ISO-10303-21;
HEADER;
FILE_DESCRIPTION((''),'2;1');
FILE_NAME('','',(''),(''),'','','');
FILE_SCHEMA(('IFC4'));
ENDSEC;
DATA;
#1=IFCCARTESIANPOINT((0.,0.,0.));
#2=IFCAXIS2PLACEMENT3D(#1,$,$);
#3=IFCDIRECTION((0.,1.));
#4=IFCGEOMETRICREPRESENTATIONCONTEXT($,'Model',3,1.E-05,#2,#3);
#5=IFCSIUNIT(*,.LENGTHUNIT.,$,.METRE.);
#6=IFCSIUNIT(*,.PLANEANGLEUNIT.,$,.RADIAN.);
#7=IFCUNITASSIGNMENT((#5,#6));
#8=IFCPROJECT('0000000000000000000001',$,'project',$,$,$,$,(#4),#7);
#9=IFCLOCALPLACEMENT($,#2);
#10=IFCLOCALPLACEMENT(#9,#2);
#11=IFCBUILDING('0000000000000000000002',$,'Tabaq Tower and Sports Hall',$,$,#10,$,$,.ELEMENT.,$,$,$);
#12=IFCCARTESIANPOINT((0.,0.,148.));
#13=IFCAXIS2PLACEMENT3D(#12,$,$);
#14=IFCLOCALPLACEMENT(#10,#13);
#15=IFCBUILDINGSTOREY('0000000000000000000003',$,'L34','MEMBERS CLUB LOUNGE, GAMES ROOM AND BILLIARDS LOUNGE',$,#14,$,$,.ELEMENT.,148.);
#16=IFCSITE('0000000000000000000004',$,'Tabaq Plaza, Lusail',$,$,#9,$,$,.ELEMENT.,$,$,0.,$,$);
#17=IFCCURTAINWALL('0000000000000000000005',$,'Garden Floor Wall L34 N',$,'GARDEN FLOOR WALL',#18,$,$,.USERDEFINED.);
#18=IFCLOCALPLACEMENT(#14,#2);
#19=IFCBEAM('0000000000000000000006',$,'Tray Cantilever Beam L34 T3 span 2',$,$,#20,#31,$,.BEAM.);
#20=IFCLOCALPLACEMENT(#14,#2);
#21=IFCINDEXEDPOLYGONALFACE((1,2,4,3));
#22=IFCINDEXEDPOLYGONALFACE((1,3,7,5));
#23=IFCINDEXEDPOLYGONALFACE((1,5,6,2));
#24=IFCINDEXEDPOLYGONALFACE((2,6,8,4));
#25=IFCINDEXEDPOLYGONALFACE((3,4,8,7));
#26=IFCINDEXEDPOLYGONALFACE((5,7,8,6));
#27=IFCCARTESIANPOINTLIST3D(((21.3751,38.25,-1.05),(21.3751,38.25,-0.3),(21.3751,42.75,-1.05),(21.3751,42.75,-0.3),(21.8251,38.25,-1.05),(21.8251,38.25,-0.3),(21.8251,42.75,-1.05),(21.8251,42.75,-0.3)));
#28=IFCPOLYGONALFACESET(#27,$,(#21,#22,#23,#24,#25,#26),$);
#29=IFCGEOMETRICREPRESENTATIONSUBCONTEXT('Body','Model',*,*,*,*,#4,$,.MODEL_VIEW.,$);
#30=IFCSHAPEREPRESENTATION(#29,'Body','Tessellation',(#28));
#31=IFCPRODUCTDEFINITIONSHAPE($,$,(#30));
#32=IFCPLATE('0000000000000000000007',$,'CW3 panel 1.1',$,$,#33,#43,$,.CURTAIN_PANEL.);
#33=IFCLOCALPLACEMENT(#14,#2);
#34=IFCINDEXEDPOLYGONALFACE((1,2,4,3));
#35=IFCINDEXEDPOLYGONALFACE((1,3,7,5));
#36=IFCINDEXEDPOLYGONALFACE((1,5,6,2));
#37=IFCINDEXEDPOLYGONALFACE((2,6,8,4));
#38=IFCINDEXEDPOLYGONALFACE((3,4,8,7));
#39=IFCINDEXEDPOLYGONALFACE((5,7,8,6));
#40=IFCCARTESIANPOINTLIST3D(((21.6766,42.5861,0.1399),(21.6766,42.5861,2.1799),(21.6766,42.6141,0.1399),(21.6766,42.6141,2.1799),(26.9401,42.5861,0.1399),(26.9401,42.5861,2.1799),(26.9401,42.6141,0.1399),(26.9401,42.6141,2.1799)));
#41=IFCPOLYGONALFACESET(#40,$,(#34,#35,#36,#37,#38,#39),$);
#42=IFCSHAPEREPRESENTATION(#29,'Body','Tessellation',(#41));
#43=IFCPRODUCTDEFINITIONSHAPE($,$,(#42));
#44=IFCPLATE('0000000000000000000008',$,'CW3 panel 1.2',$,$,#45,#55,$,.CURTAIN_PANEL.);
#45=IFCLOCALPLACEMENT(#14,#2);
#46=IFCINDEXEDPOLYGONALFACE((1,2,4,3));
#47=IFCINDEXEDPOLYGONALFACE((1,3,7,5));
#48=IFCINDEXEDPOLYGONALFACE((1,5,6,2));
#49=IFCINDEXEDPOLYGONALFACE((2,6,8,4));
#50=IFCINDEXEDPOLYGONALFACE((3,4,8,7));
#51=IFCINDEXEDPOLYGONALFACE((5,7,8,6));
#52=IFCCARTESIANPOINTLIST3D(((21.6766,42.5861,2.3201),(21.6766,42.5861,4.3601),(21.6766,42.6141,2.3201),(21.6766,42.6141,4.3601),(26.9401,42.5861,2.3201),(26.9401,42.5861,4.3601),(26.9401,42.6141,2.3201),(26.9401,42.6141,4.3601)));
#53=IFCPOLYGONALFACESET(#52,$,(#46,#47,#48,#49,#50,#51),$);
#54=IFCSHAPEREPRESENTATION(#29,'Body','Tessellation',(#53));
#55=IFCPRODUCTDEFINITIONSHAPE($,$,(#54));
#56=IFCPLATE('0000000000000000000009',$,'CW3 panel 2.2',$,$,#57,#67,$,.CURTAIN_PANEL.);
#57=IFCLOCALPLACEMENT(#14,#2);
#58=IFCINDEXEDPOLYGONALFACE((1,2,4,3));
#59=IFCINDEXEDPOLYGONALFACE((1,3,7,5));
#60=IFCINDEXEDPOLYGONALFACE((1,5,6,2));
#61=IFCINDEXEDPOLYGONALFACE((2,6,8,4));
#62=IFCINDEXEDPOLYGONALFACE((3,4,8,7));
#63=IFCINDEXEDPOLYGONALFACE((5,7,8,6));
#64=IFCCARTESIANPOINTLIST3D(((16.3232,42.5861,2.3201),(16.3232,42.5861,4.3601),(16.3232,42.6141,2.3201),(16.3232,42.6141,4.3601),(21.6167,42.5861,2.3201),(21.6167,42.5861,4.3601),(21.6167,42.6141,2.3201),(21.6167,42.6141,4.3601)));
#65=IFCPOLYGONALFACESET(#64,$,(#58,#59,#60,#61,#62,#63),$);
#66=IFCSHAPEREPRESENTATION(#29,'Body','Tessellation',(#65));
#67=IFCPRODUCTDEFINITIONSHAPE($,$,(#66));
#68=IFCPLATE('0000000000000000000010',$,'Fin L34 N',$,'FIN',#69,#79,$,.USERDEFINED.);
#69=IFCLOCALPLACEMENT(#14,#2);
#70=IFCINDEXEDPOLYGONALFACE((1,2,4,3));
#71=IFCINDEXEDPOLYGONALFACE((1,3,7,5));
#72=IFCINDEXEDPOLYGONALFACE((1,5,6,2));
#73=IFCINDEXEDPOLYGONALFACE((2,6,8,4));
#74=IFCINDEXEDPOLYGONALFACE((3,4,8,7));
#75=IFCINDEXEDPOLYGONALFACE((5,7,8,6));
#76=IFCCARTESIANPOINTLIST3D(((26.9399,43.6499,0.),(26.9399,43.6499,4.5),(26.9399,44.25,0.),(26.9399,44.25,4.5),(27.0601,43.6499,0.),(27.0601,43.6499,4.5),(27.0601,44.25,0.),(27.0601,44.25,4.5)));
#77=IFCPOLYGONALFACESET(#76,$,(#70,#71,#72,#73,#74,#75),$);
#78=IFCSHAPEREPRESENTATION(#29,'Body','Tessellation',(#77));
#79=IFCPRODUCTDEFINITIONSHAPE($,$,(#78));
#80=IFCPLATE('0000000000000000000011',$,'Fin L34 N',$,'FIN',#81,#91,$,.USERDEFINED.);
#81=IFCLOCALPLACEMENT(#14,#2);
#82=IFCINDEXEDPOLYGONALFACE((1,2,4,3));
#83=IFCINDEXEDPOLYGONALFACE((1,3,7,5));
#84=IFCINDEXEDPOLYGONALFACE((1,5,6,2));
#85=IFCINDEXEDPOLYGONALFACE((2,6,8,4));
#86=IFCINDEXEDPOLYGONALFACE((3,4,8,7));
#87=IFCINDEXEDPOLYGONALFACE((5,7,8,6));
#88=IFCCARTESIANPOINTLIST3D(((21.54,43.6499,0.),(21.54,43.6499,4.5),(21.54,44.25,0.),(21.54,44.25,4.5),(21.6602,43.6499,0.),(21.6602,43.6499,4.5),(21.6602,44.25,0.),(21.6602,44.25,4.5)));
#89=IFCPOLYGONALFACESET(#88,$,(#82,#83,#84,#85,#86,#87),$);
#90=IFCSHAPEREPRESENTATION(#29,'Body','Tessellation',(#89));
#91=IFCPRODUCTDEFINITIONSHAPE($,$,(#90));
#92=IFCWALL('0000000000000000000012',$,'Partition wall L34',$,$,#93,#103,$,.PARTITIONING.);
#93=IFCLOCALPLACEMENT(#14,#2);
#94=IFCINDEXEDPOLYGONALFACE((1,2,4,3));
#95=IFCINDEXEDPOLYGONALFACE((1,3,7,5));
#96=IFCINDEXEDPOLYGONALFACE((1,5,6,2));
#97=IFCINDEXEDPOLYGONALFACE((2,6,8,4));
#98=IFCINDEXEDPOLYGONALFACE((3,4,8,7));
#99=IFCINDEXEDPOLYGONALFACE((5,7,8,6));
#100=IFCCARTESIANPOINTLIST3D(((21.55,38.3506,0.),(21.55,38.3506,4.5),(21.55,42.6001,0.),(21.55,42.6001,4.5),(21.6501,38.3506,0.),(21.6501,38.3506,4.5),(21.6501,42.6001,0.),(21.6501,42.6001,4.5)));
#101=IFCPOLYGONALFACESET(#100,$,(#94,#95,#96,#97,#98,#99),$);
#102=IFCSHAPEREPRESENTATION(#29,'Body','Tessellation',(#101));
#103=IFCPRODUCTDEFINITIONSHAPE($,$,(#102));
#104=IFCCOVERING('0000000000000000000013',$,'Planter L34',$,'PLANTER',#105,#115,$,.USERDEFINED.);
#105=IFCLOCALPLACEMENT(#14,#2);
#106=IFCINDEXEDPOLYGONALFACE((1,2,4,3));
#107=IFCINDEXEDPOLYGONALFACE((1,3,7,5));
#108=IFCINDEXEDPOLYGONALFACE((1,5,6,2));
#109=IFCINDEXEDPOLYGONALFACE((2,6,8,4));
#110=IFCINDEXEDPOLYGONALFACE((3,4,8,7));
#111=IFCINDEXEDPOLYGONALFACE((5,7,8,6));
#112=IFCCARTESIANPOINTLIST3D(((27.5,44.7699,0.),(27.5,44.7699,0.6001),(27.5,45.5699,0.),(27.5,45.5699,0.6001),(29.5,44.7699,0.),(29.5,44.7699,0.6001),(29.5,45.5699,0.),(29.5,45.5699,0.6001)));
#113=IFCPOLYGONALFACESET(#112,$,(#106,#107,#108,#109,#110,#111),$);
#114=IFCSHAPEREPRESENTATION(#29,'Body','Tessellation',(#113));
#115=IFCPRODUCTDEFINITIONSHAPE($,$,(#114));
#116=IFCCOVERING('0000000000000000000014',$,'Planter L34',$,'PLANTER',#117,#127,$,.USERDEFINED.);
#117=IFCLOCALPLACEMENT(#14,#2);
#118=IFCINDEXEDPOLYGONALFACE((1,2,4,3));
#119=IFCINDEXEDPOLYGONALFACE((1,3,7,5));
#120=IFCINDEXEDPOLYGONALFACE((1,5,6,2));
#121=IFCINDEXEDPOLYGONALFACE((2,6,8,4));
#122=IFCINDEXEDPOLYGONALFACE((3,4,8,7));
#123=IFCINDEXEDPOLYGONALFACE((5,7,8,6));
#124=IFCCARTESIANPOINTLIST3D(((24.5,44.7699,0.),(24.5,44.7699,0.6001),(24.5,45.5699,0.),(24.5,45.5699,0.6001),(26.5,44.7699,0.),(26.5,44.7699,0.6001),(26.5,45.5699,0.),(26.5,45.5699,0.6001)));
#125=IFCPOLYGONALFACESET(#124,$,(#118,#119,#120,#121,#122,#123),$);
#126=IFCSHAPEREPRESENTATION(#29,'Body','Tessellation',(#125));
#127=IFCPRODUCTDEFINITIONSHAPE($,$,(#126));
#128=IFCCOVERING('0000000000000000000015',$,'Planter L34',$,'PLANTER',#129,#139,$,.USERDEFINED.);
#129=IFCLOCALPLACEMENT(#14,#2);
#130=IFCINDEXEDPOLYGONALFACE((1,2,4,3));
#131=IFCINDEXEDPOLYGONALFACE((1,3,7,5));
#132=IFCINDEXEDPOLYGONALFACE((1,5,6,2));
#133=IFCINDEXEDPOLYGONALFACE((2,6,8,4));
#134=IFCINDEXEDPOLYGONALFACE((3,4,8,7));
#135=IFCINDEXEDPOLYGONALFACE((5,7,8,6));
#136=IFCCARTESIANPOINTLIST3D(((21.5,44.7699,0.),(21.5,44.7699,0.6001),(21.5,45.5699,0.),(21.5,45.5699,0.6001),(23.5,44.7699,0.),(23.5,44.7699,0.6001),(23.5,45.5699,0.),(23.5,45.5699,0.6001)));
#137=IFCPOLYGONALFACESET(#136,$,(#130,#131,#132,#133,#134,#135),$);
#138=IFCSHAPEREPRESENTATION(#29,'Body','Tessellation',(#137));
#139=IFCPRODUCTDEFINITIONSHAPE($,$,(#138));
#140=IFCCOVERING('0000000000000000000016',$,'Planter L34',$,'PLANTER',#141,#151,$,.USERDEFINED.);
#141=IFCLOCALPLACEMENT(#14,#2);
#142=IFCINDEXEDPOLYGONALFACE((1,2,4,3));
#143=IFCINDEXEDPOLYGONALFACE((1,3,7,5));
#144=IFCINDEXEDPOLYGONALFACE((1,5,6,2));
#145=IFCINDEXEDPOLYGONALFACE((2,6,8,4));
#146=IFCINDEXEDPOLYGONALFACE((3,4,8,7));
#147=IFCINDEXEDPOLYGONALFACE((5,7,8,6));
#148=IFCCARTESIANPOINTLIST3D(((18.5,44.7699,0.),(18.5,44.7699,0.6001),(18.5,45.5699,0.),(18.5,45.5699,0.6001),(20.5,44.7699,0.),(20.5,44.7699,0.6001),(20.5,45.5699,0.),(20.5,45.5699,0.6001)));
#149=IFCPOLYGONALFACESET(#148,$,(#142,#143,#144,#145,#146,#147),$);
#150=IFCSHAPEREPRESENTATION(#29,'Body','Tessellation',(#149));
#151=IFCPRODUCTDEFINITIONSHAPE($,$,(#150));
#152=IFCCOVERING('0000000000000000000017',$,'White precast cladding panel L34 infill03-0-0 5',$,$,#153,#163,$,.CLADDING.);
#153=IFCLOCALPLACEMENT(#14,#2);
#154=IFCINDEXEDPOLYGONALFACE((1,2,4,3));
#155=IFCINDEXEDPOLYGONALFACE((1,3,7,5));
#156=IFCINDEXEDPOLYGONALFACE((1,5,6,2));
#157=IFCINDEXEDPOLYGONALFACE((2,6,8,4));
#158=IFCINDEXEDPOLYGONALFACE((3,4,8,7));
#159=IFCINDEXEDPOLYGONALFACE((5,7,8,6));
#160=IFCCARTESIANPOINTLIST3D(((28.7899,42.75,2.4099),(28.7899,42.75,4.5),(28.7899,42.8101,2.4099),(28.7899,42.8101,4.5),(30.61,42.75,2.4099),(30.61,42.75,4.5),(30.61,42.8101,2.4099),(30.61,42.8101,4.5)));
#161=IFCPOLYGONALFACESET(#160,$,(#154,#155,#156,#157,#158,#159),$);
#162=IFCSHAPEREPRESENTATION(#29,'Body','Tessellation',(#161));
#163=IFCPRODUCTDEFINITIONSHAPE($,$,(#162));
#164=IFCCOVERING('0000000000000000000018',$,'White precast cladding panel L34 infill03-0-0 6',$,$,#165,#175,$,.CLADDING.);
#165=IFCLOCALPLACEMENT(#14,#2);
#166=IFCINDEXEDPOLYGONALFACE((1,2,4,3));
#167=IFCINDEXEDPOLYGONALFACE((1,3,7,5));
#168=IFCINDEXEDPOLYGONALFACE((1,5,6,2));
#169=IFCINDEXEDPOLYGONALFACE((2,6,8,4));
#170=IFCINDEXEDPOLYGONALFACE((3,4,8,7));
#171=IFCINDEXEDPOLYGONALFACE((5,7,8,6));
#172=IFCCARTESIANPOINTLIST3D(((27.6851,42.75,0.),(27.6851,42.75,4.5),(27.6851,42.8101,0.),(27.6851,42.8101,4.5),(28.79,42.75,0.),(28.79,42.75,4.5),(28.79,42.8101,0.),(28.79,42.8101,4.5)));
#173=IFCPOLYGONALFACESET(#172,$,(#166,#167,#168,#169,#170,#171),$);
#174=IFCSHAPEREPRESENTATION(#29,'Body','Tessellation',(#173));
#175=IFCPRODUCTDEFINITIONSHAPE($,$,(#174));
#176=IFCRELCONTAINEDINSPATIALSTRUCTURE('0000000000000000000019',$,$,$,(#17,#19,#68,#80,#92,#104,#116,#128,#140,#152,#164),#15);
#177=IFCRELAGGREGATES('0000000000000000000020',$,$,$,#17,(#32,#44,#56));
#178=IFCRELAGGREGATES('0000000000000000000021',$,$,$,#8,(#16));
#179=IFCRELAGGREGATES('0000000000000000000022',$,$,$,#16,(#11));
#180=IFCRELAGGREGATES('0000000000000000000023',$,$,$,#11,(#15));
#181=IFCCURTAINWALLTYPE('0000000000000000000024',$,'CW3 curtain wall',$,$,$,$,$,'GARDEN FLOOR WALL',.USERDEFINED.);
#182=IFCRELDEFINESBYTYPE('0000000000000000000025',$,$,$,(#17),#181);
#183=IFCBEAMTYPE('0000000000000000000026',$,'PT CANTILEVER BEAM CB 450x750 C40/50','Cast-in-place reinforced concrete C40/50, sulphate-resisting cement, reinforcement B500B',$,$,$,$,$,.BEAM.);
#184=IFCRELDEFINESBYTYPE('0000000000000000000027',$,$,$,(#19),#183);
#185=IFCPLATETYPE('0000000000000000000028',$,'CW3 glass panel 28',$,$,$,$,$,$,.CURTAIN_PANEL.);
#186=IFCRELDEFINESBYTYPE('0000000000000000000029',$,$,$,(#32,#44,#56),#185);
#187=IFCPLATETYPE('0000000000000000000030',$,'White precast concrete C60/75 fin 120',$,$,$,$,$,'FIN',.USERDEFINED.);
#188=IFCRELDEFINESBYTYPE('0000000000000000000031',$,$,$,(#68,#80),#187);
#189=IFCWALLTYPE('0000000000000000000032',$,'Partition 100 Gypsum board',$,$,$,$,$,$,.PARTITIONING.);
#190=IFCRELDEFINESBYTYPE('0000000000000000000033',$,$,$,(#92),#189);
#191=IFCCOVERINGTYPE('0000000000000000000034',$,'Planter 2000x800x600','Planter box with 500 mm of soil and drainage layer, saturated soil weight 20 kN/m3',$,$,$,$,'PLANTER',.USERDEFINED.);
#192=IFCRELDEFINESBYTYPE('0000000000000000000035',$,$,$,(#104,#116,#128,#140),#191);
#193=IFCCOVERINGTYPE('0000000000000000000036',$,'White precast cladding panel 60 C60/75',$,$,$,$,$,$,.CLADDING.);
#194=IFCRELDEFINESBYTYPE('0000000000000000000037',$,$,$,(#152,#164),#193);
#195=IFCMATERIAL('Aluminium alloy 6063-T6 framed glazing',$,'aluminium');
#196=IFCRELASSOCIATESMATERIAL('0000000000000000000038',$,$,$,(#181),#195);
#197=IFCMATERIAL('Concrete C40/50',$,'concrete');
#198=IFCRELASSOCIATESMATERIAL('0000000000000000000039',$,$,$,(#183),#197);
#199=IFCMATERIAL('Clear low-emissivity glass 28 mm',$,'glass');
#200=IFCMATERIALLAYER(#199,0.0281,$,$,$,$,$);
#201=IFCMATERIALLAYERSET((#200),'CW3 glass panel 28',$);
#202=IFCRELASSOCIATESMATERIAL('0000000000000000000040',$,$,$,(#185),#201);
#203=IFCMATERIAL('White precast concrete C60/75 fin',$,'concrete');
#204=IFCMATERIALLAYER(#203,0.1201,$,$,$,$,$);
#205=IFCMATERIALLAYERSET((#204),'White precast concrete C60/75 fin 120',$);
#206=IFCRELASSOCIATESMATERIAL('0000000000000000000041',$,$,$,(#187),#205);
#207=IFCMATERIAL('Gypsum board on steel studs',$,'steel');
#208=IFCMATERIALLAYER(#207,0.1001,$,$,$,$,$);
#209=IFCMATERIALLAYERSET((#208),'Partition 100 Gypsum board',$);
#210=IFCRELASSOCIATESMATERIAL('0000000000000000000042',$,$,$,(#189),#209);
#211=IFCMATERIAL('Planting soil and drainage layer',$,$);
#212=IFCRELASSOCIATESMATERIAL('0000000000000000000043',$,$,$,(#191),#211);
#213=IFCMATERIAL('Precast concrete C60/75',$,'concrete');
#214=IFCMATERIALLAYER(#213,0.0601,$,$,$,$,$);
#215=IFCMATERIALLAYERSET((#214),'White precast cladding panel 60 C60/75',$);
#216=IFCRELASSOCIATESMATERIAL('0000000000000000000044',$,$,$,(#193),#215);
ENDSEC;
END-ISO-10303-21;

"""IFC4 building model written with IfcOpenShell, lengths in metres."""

from ifc_helpers import new_model, si_unit, direction, frame, frame_2d, origin, origin_2d, place, context, subcontext, project, spatial, rectangle, extrude, material, layer, layer_set, material_profile, profile_set, type_object, element, aggregate, save


model = new_model("IFC4")

# Units and contexts
model_context = context("Model", 3, precision=1e-05, world=origin(), true_north=direction((0.0, 1.0)))
body_context = subcontext(model_context, "Body", "Model", "MODEL_VIEW")
ifc_project = project(units=[si_unit("LENGTHUNIT", "METRE"), si_unit("PLANEANGLEUNIT", "RADIAN")], contexts=[model_context])

# Site, building, storey
site_placement = place(None, origin())
site = spatial("IfcSite", under=ifc_project, at=site_placement, Name="Tabaq Plaza, Lusail", CompositionType="ELEMENT", RefElevation=0.0)
building_placement = place(site_placement, origin())
building = spatial("IfcBuilding", under=site, at=building_placement, Name="Tabaq Tower and Sports Hall", CompositionType="ELEMENT")
storey_placement = place(building_placement, frame((0.0, 0.0, 148.0)))
storey = spatial("IfcBuildingStorey", under=building, at=storey_placement, Name="L34", Description="MEMBERS CLUB LOUNGE, GAMES ROOM AND BILLIARDS LOUNGE", CompositionType="ELEMENT", Elevation=148.0)

# Curtain wall
ifc_material_1 = material(Name="Aluminium alloy 6063-T6 framed glazing", Category="aluminium")
curtain_wall_type = type_object("IfcCurtainWallType", Name="CW3 curtain wall", ElementType="GARDEN FLOOR WALL", PredefinedType="USERDEFINED", material=ifc_material_1)
curtain_wall_placement = place(storey_placement, origin())
curtain_wall = element("IfcCurtainWall", 1, at=curtain_wall_placement, inside=storey, type_object=curtain_wall_type, Name="Garden Floor Wall L34 N", ObjectType="GARDEN FLOOR WALL", PredefinedType="USERDEFINED")

# Beam
ifc_material_2 = material(Name="Concrete C40/50", Category="concrete")
ifc_material_profile_1 = material_profile(ifc_material_2, rectangle(XDim=0.45, YDim=0.75, at=origin_2d()), Name="CB 450x750")
ifc_profile_set_1 = profile_set([ifc_material_profile_1], Name="Concrete C40/50")
beam_type = type_object("IfcBeamType", Name="PT CANTILEVER BEAM CB 450x750 C40/50", Description="Cast-in-place reinforced concrete C40/50, sulphate-resisting cement, reinforcement B500B", PredefinedType="BEAM", material=ifc_profile_set_1)
beam_1_placement = place(storey_placement, frame((21.6001, 42.75, -0.675), z_axis=(0.0, -1.0, 0.0), x_axis=(1.0, 0.0, 0.0)))
element("IfcBeam", 2, at=beam_1_placement, inside=storey, type_object=beam_type, Name="Tray Cantilever Beam L34 T3 span 2", PredefinedType="BEAM", context=body_context, shape_type="SweptSolid", body=[
    extrude(rectangle(XDim=0.45, YDim=0.75, at=origin_2d()), origin(), (0.0, 0.0, 1.0), 4.5),
])

# Plates
ifc_material_3 = material(Name="Clear low-emissivity glass 28 mm", Category="glass")
ifc_layer_1 = layer(ifc_material_3, 0.0281)
ifc_layer_set_1 = layer_set([ifc_layer_1], Name="CW3 glass panel 28")
plate_type_1 = type_object("IfcPlateType", Name="CW3 glass panel 28", PredefinedType="CURTAIN_PANEL", material=ifc_layer_set_1)
plate_1_placement = place(storey_placement, frame((24.3083, 42.6001, 0.1399), z_axis=(0.0, 0.0, 1.0), x_axis=(-1.0, 0.0, 0.0)))
plate_1 = element("IfcPlate", 3, at=plate_1_placement, type_object=plate_type_1, Name="CW3 panel 1.1", PredefinedType="CURTAIN_PANEL", context=body_context, shape_type="SweptSolid", body=[
    extrude(rectangle(XDim=5.2634, YDim=0.0281, at=origin_2d()), origin(), (0.0, 0.0, 1.0), 2.04),
])
plate_2_placement = place(storey_placement, frame((24.3083, 42.6001, 2.3201), z_axis=(0.0, 0.0, 1.0), x_axis=(-1.0, 0.0, 0.0)))
plate_2 = element("IfcPlate", 4, at=plate_2_placement, type_object=plate_type_1, Name="CW3 panel 1.2", PredefinedType="CURTAIN_PANEL", context=body_context, shape_type="SweptSolid", body=[
    extrude(rectangle(XDim=5.2634, YDim=0.0281, at=origin_2d()), origin(), (0.0, 0.0, 1.0), 2.04),
])
plate_3_placement = place(storey_placement, frame((18.97, 42.6001, 2.3201), z_axis=(0.0, 0.0, 1.0), x_axis=(-1.0, 0.0, 0.0)))
plate_3 = element("IfcPlate", 5, at=plate_3_placement, type_object=plate_type_1, Name="CW3 panel 2.2", PredefinedType="CURTAIN_PANEL", context=body_context, shape_type="SweptSolid", body=[
    extrude(rectangle(XDim=5.2935, YDim=0.0281, at=origin_2d()), origin(), (0.0, 0.0, 1.0), 2.04),
])
aggregate(curtain_wall, [plate_1, plate_2, plate_3])

# Plates
ifc_material_4 = material(Name="White precast concrete C60/75 fin", Category="concrete")
ifc_layer_2 = layer(ifc_material_4, 0.1201)
ifc_layer_set_2 = layer_set([ifc_layer_2], Name="White precast concrete C60/75 fin 120")
plate_type_2 = type_object("IfcPlateType", Name="White precast concrete C60/75 fin 120", ElementType="FIN", PredefinedType="USERDEFINED", material=ifc_layer_set_2)
for number, where, z_axis, x_axis, name in (
    (6, (27.0, 43.95, 0.0), (0.0, 0.0, 1.0), (-1.0, 0.0, 0.0), "Fin L34 N"),
    (7, (21.6001, 43.95, 0.0), (0.0, 0.0, 1.0), (-1.0, 0.0, 0.0), "Fin L34 N"),
):
    element("IfcPlate", number, at=place(storey_placement, frame(where, z_axis=z_axis, x_axis=x_axis)), inside=storey, type_object=plate_type_2, Name=name, ObjectType="FIN", PredefinedType="USERDEFINED", context=body_context, shape_type="SweptSolid", body=[
        extrude(rectangle(XDim=0.1201, YDim=0.6001, at=origin_2d()), origin(), (0.0, 0.0, 1.0), 4.5),
    ])

# Wall
ifc_material_5 = material(Name="Gypsum board on steel studs", Category="steel")
ifc_layer_3 = layer(ifc_material_5, 0.1001)
ifc_layer_set_3 = layer_set([ifc_layer_3], Name="Partition 100 Gypsum board")
wall_type = type_object("IfcWallType", Name="Partition 100 Gypsum board", PredefinedType="PARTITIONING", material=ifc_layer_set_3)
wall_placement = place(storey_placement, frame((21.6001, 38.3506, 0.0), z_axis=(0.0, 0.0, 1.0), x_axis=(0.0, 1.0, 0.0)))
element("IfcWall", 8, at=wall_placement, inside=storey, type_object=wall_type, Name="Partition wall L34", PredefinedType="PARTITIONING", context=body_context, shape_type="SweptSolid", body=[
    extrude(rectangle(XDim=4.2495, YDim=0.1001, at=frame_2d((2.1248, 0.0))), origin(), (0.0, 0.0, 1.0), 4.5),
])

# Coverings
ifc_material_6 = material(Name="Planting soil and drainage layer")
covering_type_1 = type_object("IfcCoveringType", Name="Planter 2000x800x600", Description="Planter box with 500 mm of soil and drainage layer, saturated soil weight 20 kN/m3", ElementType="PLANTER", PredefinedType="USERDEFINED", material=ifc_material_6)
for number, where, z_axis, x_axis, name in (
    (9, (28.5, 45.1699, 0.0), (0.0, 0.0, 1.0), (-1.0, 0.0, 0.0), "Planter L34"),
    (10, (25.5, 45.1699, 0.0), (0.0, 0.0, 1.0), (-1.0, 0.0, 0.0), "Planter L34"),
    (11, (22.5, 45.1699, 0.0), (0.0, 0.0, 1.0), (-1.0, 0.0, 0.0), "Planter L34"),
    (12, (19.5, 45.1699, 0.0), (0.0, 0.0, 1.0), (-1.0, 0.0, 0.0), "Planter L34"),
):
    element("IfcCovering", number, at=place(storey_placement, frame(where, z_axis=z_axis, x_axis=x_axis)), inside=storey, type_object=covering_type_1, Name=name, ObjectType="PLANTER", PredefinedType="USERDEFINED", context=body_context, shape_type="SweptSolid", body=[
        extrude(rectangle(XDim=2.0, YDim=0.8, at=origin_2d()), origin(), (0.0, 0.0, 1.0), 0.6001),
    ])
ifc_material_7 = material(Name="Precast concrete C60/75", Category="concrete")
ifc_layer_4 = layer(ifc_material_7, 0.0601)
ifc_layer_set_4 = layer_set([ifc_layer_4], Name="White precast cladding panel 60 C60/75")
covering_type_2 = type_object("IfcCoveringType", Name="White precast cladding panel 60 C60/75", PredefinedType="CLADDING", material=ifc_layer_set_4)
covering_1_placement = place(storey_placement, frame((30.6101, 42.78, 2.4099), z_axis=(0.0, 0.0, 1.0), x_axis=(-1.0, 0.0, 0.0)))
element("IfcCovering", 13, at=covering_1_placement, inside=storey, type_object=covering_type_2, Name="White precast cladding panel L34 infill03-0-0 5", PredefinedType="CLADDING", context=body_context, shape_type="SweptSolid", body=[
    extrude(rectangle(XDim=1.8201, YDim=0.0601, at=frame_2d((0.9102, 0.0))), origin(), (0.0, 0.0, 1.0), 2.0901),
])
covering_2_placement = place(storey_placement, frame((28.79, 42.78, 0.0), z_axis=(0.0, 0.0, 1.0), x_axis=(-1.0, 0.0, 0.0)))
element("IfcCovering", 14, at=covering_2_placement, inside=storey, type_object=covering_type_2, Name="White precast cladding panel L34 infill03-0-0 6", PredefinedType="CLADDING", context=body_context, shape_type="SweptSolid", body=[
    extrude(rectangle(XDim=1.105, YDim=0.0601, at=frame_2d((0.5525, 0.0))), origin(), (0.0, 0.0, 1.0), 4.5),
])

save(model, "model.ifc")
